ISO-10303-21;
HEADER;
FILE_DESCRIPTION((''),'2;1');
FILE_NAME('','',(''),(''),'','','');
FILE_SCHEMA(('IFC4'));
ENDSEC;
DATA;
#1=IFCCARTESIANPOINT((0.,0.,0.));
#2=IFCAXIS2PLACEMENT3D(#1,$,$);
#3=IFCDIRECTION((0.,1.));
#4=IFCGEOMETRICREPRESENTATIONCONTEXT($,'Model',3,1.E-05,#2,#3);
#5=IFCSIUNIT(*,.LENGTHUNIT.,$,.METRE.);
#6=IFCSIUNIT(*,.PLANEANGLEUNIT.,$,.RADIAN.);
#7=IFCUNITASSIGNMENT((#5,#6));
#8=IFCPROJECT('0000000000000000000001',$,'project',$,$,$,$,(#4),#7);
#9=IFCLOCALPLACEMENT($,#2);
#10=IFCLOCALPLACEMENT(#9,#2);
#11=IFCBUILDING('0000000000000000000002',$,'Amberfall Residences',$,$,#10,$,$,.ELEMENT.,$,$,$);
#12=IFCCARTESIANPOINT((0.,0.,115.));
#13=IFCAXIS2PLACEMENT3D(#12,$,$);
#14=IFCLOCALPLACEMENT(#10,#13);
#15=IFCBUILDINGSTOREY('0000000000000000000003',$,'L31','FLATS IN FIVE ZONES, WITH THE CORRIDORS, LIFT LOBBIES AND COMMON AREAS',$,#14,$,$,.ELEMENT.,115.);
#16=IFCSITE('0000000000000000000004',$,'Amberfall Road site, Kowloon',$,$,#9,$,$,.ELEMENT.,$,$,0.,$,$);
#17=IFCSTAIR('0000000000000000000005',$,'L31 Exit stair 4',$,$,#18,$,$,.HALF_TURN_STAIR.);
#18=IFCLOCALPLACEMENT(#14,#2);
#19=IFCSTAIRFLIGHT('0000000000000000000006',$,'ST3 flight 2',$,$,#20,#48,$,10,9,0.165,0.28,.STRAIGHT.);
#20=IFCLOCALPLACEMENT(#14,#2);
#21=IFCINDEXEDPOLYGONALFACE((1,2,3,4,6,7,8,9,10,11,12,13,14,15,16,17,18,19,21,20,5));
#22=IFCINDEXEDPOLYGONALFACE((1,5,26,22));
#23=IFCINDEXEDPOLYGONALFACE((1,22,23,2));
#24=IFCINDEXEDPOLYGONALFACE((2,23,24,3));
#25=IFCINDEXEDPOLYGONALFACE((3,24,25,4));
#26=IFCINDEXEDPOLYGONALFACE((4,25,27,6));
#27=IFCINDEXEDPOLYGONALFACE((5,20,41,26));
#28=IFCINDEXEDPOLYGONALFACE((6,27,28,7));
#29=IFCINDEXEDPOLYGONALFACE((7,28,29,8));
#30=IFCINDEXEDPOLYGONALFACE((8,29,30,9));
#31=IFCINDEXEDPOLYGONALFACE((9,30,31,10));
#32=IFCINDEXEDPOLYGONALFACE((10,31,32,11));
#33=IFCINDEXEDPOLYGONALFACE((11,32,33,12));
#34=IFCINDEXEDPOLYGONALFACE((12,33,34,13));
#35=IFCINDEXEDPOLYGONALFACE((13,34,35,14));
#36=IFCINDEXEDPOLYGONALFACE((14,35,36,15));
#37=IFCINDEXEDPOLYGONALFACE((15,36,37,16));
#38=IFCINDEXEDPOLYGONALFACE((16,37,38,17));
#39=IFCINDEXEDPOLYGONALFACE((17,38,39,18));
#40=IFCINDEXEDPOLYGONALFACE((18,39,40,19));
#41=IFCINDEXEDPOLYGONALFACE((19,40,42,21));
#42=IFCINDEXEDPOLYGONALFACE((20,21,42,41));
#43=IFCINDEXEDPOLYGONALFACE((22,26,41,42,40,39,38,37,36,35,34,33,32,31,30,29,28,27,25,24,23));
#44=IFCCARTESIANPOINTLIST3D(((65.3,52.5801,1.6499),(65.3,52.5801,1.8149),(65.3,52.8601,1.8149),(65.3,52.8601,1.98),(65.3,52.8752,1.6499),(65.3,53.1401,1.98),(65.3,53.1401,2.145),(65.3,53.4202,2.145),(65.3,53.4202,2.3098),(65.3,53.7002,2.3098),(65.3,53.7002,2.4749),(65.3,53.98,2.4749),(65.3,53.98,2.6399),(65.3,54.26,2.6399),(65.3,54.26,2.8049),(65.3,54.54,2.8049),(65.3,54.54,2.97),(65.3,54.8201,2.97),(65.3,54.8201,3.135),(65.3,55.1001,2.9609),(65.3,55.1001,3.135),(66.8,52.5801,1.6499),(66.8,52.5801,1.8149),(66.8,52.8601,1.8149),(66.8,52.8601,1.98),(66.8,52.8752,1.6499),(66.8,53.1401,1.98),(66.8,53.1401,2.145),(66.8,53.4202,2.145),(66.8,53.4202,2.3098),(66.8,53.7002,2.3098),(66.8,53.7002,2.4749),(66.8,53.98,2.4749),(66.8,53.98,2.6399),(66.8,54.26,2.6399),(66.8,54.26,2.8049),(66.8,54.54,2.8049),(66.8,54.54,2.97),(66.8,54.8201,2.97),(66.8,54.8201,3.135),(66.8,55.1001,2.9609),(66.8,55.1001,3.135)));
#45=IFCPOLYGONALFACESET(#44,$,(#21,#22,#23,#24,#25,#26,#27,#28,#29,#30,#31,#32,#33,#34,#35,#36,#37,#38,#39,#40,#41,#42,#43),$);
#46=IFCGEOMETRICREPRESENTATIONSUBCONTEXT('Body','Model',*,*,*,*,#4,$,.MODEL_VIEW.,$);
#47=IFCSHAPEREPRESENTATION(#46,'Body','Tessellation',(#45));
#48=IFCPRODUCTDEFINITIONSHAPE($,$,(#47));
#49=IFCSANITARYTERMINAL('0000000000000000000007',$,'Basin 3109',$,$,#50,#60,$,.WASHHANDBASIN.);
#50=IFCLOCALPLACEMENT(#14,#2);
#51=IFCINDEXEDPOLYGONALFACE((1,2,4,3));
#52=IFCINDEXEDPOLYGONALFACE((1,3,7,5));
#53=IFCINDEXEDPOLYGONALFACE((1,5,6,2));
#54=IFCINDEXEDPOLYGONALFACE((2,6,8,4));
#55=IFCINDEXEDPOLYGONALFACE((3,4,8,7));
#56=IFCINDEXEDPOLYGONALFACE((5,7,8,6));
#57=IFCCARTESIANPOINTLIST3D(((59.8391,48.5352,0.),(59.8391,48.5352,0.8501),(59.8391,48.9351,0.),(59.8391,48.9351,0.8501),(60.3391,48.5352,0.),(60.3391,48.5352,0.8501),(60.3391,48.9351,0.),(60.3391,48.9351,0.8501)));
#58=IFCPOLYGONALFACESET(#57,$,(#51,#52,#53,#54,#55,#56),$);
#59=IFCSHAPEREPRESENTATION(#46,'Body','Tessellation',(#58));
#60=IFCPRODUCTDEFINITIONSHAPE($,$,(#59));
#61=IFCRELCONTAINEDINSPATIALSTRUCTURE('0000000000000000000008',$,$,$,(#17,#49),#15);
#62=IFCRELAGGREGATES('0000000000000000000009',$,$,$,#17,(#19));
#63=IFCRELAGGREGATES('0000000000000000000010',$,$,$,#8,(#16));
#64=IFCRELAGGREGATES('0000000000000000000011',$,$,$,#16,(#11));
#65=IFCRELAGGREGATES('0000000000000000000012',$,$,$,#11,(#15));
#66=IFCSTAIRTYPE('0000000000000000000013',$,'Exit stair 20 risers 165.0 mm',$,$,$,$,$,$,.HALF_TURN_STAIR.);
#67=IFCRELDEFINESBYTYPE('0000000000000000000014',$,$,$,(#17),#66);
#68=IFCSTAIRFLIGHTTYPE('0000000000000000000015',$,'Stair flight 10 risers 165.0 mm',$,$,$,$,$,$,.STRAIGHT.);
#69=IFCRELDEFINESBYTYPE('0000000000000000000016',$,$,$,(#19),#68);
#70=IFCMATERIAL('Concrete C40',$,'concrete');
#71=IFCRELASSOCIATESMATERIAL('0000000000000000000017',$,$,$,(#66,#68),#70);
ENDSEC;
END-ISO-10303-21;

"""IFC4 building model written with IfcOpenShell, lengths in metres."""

from ifc_helpers import new_model, si_unit, direction, frame, origin, origin_2d, place, context, subcontext, project, spatial, polyline, rectangle, outline, extrude, material, type_object, element, aggregate, save


model = new_model("IFC4")

# Units and contexts
model_context = context("Model", 3, precision=1e-05, world=origin(), true_north=direction((0.0, 1.0)))
body_context = subcontext(model_context, "Body", "Model", "MODEL_VIEW")
ifc_project = project(units=[si_unit("LENGTHUNIT", "METRE"), si_unit("PLANEANGLEUNIT", "RADIAN")], contexts=[model_context])

# Site, building, storey
site_placement = place(None, origin())
site = spatial("IfcSite", under=ifc_project, at=site_placement, Name="Amberfall Road site, Kowloon", CompositionType="ELEMENT", RefElevation=0.0)
building_placement = place(site_placement, origin())
building = spatial("IfcBuilding", under=site, at=building_placement, Name="Amberfall Residences", CompositionType="ELEMENT")
storey_placement = place(building_placement, frame((0.0, 0.0, 115.0)))
storey = spatial("IfcBuildingStorey", under=building, at=storey_placement, Name="L31", Description="FLATS IN FIVE ZONES, WITH THE CORRIDORS, LIFT LOBBIES AND COMMON AREAS", CompositionType="ELEMENT", Elevation=115.0)

# Stair, stair flight
ifc_material_1 = material(Name="Concrete C40", Category="concrete")
stair_type = type_object("IfcStairType", Name="Exit stair 20 risers 165.0 mm", PredefinedType="HALF_TURN_STAIR", material=ifc_material_1)
stair_placement = place(storey_placement, origin())
stair = element("IfcStair", 1, at=stair_placement, inside=storey, type_object=stair_type, Name="L31 Exit stair 4", PredefinedType="HALF_TURN_STAIR")
stair_flight_type = type_object("IfcStairFlightType", Name="Stair flight 10 risers 165.0 mm", PredefinedType="STRAIGHT", material=ifc_material_1)
stair_flight_1_placement = place(storey_placement, frame((66.05, 52.5801, 1.6499), z_axis=(0.0, 0.0, 1.0), x_axis=(0.0, 1.0, 0.0)))
stair_flight_1 = element("IfcStairFlight", 2, at=stair_flight_1_placement, type_object=stair_flight_type, Name="ST3 flight 2", NumberOfRisers=10, NumberOfTreads=9, PredefinedType="STRAIGHT", RiserHeight=0.165, TreadLength=0.28, context=body_context, shape_type="SweptSolid", body=[
    extrude(outline(polyline([(0.0, 0.0), (0.0, 0.165), (0.28, 0.165), (0.28, 0.3301), (0.5601, 0.3301), (0.5601, 0.4951), (0.8401, 0.4951), (0.8401, 0.6599), (1.1201, 0.6599), (1.1201, 0.825), (1.3999, 0.825), (1.3999, 0.99), (1.6799, 0.99), (1.6799, 1.155), (1.96, 1.155), (1.96, 1.3201), (2.24, 1.3201), (2.24, 1.4851), (2.52, 1.4851), (2.52, 1.6499), (2.52, 1.311), (0.2952, 0.0), (0.0, 0.0)])), frame((0.0, 0.75, 0.0), z_axis=(0.0, -1.0, 0.0), x_axis=(1.0, 0.0, 0.0)), (0.0, 0.0, 1.0), 1.5),
])
aggregate(stair, [stair_flight_1])

# Sanitary terminal
sanitary_terminal_placement = place(storey_placement, frame((60.0891, 48.7351, 0.0), z_axis=(0.0, 0.0, 1.0), x_axis=(1.0, 0.0, 0.0)))
element("IfcSanitaryTerminal", 3, at=sanitary_terminal_placement, inside=storey, Name="Basin 3109", PredefinedType="WASHHANDBASIN", context=body_context, shape_type="SweptSolid", body=[
    extrude(rectangle(XDim=0.5, YDim=0.3999, at=origin_2d()), origin(), (0.0, 0.0, 1.0), 0.8501),
])

save(model, "model.ifc")
